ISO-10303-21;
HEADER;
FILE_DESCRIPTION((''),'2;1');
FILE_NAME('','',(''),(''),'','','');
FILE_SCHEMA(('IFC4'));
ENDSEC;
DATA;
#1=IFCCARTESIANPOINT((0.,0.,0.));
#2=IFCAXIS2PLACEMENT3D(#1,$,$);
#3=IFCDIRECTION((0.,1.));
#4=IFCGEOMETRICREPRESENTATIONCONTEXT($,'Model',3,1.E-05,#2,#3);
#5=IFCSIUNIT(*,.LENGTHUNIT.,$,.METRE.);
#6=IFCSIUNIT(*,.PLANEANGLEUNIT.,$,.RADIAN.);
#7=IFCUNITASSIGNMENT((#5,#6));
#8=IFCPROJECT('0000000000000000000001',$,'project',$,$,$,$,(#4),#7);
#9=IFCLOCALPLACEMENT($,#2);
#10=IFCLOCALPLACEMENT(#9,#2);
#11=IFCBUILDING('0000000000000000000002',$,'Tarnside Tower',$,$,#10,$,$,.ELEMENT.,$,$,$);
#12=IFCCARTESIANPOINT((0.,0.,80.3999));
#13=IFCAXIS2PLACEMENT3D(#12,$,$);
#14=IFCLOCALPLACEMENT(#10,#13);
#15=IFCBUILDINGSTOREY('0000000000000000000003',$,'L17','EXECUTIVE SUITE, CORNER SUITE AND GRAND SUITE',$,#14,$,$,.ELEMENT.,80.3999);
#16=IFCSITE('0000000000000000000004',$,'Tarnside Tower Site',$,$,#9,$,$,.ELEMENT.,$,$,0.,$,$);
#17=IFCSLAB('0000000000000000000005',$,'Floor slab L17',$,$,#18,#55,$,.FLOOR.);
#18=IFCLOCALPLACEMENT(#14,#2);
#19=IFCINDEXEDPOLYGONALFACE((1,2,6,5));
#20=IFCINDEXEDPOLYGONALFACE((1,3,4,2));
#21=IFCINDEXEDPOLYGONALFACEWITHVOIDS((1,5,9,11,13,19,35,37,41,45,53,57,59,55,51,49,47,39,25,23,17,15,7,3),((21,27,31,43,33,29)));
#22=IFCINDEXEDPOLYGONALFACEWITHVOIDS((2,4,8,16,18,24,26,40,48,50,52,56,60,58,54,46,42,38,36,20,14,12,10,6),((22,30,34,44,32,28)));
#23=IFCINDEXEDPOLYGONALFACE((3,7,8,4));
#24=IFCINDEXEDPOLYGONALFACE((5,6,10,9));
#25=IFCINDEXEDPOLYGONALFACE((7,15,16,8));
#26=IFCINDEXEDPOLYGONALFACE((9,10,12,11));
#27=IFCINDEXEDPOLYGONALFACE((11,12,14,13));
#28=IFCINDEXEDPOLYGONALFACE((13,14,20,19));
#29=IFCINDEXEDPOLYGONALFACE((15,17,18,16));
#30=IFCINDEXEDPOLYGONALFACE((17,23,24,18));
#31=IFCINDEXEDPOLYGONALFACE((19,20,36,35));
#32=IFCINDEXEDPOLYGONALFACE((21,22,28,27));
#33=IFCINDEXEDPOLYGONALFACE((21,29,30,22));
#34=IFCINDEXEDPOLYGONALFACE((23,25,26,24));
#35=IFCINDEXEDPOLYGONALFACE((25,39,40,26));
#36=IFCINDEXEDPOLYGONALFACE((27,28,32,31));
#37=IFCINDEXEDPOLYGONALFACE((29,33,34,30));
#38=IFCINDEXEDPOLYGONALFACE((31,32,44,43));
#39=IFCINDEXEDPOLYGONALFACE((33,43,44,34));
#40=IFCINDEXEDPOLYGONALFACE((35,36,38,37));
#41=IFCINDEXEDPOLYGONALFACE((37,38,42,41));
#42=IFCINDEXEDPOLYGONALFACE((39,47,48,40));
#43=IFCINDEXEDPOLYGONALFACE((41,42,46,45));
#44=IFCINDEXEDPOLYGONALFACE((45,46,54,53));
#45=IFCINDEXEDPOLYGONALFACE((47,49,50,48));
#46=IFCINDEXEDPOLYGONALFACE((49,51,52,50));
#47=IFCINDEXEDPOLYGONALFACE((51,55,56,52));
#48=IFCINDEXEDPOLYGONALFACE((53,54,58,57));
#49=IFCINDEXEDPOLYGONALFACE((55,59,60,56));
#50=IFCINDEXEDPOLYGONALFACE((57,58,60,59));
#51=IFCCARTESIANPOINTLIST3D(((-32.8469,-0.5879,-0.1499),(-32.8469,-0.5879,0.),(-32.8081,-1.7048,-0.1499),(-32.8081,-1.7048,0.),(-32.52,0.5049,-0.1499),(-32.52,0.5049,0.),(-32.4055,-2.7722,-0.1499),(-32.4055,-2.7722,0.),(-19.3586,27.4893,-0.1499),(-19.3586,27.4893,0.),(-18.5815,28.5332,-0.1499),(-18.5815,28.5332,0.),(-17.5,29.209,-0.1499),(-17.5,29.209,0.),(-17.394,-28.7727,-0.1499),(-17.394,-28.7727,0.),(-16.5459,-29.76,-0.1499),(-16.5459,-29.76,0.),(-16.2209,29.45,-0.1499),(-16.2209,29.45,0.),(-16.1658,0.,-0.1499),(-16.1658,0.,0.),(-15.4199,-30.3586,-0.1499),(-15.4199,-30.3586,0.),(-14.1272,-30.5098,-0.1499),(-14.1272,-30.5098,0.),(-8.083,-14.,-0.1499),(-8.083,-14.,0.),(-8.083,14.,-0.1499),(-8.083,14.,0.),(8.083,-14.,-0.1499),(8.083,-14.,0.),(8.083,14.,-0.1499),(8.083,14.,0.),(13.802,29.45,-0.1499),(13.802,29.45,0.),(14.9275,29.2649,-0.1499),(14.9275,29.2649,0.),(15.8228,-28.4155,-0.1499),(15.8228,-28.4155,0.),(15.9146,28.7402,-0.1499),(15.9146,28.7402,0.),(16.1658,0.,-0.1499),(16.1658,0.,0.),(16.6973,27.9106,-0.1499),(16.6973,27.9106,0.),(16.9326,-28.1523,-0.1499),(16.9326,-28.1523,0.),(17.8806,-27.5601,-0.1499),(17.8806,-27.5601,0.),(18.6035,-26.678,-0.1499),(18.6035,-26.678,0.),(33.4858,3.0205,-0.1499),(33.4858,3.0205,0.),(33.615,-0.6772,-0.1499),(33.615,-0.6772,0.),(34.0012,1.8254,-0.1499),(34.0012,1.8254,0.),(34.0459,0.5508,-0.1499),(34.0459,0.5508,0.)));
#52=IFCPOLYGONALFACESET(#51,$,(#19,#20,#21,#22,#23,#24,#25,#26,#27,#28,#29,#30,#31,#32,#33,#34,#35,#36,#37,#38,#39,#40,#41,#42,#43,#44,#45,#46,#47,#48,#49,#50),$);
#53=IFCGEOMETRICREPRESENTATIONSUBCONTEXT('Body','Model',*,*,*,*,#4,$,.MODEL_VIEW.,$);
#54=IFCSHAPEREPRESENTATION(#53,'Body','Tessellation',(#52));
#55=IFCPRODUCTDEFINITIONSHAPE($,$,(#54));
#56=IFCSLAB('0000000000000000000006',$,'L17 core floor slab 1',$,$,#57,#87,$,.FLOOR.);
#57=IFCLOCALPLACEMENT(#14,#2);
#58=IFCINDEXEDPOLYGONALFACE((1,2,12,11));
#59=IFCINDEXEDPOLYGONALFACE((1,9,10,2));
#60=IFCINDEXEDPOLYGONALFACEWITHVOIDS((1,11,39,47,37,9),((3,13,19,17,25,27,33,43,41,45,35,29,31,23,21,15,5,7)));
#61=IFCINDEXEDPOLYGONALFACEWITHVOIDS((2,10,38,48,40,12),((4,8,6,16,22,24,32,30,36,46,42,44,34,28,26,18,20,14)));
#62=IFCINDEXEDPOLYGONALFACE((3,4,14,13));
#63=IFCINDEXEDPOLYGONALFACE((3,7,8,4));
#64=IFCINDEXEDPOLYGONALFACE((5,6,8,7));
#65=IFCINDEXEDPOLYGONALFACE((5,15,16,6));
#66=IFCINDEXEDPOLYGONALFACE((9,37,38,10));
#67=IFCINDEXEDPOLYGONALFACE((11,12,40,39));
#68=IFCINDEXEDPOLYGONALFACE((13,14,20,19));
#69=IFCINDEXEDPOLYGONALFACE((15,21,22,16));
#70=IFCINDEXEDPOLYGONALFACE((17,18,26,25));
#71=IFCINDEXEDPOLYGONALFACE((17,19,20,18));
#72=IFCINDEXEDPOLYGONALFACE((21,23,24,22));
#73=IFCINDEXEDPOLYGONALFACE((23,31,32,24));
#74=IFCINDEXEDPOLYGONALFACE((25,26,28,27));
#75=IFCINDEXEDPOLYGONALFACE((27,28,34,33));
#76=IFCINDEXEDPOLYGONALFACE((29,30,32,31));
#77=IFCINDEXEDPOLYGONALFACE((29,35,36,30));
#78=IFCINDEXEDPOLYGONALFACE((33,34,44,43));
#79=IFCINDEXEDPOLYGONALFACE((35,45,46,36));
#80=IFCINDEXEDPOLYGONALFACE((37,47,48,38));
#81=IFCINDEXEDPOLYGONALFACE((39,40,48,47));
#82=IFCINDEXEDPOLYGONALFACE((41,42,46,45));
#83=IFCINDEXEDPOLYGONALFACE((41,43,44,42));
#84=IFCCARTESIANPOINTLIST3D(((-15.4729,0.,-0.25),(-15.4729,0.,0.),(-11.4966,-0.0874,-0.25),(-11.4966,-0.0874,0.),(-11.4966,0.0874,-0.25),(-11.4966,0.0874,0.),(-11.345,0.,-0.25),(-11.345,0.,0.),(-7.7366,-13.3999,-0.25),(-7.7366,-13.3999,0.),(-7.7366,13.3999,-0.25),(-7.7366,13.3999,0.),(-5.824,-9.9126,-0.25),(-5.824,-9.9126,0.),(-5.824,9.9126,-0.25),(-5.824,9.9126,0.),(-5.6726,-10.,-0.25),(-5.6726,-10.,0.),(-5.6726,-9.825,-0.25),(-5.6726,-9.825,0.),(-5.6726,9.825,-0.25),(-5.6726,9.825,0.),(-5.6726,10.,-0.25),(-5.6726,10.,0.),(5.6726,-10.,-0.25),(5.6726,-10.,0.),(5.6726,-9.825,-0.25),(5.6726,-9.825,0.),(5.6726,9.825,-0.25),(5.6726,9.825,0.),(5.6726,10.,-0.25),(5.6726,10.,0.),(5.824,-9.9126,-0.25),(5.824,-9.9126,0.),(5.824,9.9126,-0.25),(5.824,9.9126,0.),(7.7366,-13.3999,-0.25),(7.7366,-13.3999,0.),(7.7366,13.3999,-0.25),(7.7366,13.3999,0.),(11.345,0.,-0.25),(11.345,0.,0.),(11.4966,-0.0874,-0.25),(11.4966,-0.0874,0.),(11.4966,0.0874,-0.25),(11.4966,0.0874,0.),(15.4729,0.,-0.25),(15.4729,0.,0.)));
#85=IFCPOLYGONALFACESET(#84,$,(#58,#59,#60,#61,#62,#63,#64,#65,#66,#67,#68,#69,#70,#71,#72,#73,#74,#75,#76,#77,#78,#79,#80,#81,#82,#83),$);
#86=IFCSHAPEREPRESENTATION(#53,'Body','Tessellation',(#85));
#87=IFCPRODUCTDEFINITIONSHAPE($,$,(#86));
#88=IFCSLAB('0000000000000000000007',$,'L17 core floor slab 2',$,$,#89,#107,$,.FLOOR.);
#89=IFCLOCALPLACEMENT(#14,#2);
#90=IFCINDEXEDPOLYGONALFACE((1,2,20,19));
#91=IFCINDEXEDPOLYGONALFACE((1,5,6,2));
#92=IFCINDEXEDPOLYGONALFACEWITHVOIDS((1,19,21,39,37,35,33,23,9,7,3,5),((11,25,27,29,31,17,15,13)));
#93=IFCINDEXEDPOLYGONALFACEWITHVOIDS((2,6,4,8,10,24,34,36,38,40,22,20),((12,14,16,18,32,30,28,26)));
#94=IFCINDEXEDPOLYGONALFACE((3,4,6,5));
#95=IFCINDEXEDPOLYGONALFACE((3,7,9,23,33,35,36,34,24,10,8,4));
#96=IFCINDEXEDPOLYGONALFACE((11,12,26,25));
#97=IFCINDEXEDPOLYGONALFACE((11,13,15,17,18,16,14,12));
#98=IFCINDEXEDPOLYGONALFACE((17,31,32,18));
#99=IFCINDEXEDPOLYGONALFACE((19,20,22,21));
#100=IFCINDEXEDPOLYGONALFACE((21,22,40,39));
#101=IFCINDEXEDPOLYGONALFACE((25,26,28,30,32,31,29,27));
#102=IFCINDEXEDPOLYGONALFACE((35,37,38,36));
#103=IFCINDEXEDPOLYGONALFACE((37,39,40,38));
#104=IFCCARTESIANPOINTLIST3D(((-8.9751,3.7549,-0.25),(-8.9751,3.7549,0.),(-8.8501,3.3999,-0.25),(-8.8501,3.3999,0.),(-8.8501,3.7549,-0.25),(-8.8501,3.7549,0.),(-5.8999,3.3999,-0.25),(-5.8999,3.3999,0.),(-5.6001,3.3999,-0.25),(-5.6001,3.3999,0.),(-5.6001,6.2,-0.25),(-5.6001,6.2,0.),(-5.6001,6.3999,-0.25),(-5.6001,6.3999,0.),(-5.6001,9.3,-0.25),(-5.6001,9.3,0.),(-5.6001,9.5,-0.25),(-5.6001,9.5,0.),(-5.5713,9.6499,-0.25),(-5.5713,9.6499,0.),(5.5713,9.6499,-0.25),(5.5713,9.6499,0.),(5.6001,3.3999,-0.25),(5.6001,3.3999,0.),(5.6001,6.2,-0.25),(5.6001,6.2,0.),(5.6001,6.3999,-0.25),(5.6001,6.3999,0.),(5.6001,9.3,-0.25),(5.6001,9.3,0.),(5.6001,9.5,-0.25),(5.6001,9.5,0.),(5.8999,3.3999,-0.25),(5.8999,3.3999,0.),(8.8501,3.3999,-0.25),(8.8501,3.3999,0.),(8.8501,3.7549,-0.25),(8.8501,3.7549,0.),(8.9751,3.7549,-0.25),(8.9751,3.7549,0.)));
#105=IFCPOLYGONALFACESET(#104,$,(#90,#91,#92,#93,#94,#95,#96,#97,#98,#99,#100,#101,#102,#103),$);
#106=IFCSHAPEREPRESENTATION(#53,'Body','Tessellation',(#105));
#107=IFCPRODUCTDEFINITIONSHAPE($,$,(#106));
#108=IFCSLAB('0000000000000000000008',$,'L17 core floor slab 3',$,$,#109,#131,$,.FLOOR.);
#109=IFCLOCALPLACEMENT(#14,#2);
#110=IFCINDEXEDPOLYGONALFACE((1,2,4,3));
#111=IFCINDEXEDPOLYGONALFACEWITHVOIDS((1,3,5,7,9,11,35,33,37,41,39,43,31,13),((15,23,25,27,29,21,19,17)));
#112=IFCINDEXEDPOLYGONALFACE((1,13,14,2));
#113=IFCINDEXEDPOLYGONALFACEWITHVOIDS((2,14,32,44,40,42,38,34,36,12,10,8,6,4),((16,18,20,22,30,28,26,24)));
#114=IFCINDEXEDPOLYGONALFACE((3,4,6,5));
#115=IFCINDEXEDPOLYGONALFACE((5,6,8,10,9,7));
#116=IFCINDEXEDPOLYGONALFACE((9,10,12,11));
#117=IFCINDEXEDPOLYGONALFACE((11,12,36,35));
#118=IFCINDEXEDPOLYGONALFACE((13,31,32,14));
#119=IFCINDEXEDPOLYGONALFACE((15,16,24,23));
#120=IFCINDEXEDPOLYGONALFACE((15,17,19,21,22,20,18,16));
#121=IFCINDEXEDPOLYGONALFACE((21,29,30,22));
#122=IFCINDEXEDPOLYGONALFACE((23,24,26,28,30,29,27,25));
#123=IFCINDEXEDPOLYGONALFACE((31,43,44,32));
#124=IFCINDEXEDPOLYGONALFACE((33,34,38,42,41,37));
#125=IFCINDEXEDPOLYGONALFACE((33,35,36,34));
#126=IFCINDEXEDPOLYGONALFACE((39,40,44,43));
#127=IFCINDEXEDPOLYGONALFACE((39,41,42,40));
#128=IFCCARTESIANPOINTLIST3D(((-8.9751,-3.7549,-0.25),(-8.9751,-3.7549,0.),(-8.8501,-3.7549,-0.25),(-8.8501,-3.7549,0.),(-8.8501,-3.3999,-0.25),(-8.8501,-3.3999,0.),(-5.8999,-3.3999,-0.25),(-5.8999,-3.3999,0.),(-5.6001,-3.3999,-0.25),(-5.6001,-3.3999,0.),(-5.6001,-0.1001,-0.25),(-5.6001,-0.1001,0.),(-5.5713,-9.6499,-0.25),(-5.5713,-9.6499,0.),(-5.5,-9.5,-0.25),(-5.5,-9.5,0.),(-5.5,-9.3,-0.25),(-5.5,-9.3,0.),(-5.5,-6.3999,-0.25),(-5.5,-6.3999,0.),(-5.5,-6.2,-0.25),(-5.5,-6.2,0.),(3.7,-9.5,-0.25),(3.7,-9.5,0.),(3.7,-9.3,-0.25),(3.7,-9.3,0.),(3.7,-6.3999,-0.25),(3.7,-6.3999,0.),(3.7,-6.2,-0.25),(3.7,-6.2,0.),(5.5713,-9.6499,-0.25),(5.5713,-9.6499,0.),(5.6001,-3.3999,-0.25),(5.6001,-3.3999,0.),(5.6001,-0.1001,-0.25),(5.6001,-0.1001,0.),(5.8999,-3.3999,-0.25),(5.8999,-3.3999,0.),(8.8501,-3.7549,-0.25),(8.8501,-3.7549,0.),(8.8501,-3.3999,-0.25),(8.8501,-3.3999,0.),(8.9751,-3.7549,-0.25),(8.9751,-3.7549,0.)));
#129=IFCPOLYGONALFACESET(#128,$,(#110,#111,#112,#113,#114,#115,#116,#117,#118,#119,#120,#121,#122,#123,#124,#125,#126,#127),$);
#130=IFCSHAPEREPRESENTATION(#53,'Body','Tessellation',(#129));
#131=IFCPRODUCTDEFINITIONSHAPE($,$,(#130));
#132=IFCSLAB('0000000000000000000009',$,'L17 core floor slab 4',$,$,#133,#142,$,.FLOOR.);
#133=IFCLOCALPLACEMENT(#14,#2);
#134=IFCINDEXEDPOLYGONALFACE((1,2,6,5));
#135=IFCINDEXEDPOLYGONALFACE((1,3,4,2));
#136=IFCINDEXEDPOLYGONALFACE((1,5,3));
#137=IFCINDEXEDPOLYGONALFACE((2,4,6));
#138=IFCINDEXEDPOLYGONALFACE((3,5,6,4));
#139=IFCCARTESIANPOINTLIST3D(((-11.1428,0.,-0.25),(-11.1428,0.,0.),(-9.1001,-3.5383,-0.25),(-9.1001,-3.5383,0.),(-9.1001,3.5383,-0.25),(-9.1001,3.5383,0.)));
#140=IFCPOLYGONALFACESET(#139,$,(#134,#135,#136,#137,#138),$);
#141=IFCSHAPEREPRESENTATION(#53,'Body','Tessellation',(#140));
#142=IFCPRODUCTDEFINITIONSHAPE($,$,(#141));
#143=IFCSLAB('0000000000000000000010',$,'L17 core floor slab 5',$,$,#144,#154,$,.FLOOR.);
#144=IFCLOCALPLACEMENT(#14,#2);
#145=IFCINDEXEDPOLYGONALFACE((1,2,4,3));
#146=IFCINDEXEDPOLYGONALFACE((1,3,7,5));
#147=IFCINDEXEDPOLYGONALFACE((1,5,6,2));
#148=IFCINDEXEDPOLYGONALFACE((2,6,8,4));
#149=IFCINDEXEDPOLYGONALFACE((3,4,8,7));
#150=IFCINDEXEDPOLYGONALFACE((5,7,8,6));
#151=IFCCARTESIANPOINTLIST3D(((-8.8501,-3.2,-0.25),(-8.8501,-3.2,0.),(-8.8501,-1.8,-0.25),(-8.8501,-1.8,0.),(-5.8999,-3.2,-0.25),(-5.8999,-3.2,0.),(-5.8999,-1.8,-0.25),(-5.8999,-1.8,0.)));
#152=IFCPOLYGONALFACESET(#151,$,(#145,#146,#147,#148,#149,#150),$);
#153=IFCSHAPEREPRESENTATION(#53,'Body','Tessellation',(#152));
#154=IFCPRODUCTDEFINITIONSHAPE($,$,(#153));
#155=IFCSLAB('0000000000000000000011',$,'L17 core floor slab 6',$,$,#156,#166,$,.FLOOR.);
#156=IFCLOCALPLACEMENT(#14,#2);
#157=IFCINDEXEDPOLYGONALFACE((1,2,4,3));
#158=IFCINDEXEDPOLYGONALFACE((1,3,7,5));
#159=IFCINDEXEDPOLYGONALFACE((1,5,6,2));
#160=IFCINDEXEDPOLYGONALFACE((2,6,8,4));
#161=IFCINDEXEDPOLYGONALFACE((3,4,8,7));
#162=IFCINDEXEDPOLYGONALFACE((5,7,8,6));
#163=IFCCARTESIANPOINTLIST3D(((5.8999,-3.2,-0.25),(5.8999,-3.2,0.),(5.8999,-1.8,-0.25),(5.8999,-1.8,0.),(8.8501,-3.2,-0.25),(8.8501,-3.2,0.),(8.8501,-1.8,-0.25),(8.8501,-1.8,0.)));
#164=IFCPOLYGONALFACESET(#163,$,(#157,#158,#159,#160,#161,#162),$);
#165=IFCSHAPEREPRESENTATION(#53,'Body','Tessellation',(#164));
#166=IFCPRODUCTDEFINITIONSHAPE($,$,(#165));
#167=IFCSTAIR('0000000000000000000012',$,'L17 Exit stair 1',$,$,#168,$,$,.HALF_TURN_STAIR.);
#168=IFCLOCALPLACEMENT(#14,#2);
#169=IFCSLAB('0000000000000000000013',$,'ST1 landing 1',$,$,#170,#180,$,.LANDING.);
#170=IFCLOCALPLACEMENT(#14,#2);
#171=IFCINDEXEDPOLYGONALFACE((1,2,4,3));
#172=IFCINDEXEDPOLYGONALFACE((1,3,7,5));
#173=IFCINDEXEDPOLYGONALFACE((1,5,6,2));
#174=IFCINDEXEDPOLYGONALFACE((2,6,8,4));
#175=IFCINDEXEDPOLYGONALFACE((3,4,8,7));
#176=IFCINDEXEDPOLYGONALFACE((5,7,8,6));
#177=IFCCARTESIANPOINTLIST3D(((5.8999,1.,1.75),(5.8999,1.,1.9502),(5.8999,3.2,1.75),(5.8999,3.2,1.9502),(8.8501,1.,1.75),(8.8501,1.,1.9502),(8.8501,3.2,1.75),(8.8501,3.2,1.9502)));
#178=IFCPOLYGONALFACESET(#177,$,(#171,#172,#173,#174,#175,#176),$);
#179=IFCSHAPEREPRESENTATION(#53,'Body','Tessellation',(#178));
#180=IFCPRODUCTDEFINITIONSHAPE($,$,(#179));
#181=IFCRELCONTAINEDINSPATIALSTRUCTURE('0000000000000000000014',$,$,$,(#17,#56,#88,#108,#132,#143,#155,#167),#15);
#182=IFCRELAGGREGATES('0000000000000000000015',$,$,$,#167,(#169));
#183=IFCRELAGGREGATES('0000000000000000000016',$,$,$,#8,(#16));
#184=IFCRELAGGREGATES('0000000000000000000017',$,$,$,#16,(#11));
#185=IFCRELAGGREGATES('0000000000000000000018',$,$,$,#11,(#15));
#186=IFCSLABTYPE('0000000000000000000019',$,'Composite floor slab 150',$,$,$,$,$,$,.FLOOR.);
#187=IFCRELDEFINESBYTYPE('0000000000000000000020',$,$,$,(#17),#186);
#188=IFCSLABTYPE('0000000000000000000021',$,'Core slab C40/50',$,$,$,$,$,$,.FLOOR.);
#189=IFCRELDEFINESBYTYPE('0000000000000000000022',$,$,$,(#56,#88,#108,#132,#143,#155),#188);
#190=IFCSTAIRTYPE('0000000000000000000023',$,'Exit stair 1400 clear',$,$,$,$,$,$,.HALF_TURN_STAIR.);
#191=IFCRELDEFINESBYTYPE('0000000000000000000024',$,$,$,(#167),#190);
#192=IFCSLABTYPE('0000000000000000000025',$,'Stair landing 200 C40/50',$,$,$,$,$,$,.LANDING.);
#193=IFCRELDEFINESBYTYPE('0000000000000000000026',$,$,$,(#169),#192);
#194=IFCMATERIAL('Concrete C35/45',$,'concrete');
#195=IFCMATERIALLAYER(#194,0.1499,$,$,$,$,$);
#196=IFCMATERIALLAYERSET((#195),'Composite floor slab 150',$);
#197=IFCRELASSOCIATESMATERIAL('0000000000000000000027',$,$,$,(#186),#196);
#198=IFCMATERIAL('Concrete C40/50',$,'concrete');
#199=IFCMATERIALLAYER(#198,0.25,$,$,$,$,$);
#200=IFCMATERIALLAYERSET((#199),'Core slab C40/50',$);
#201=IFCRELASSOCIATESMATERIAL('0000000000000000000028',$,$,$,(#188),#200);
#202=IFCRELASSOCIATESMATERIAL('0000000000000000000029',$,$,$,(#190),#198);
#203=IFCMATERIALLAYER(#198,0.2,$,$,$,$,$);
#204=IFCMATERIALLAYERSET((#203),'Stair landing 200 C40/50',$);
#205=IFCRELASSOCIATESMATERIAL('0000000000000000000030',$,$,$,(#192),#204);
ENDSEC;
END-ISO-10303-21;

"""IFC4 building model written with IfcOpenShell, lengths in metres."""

from ifc_helpers import new_model, si_unit, direction, frame, origin, place, context, subcontext, project, spatial, polyline, outline, extrude, material, layer, layer_set, type_object, element, aggregate, save


model = new_model("IFC4")

# Units and contexts
model_context = context("Model", 3, precision=1e-05, world=origin(), true_north=direction((0.0, 1.0)))
body_context = subcontext(model_context, "Body", "Model", "MODEL_VIEW")
ifc_project = project(units=[si_unit("LENGTHUNIT", "METRE"), si_unit("PLANEANGLEUNIT", "RADIAN")], contexts=[model_context])

# Site, building, storey
site_placement = place(None, origin())
site = spatial("IfcSite", under=ifc_project, at=site_placement, Name="Tarnside Tower Site", CompositionType="ELEMENT", RefElevation=0.0)
building_placement = place(site_placement, origin())
building = spatial("IfcBuilding", under=site, at=building_placement, Name="Tarnside Tower", CompositionType="ELEMENT")
storey_placement = place(building_placement, frame((0.0, 0.0, 80.3999)))
storey = spatial("IfcBuildingStorey", under=building, at=storey_placement, Name="L17", Description="EXECUTIVE SUITE, CORNER SUITE AND GRAND SUITE", CompositionType="ELEMENT", Elevation=80.3999)

# Slabs
ifc_material_1 = material(Name="Concrete C35/45", Category="concrete")
ifc_layer_1 = layer(ifc_material_1, 0.1499)
ifc_layer_set_1 = layer_set([ifc_layer_1], Name="Composite floor slab 150")
slab_type_1 = type_object("IfcSlabType", Name="Composite floor slab 150", PredefinedType="FLOOR", material=ifc_layer_set_1)
slab_1_placement = place(storey_placement, frame((0.0, 0.0, -0.1499)))
element("IfcSlab", 1, at=slab_1_placement, inside=storey, type_object=slab_type_1, Name="Floor slab L17", PredefinedType="FLOOR", context=body_context, shape_type="SweptSolid", body=[
    extrude(outline(polyline([(14.9275, 29.2649), (15.9146, 28.7402), (16.6973, 27.9106), (33.4858, 3.0205), (34.0012, 1.8254), (34.0459, 0.5508), (33.615, -0.6772), (18.6035, -26.678), (17.8806, -27.5601), (16.9326, -28.1523), (15.8228, -28.4155), (-14.1272, -30.5098), (-15.4199, -30.3586), (-16.5459, -29.76), (-17.394, -28.7727), (-32.4055, -2.7722), (-32.8081, -1.7048), (-32.8469, -0.5879), (-32.52, 0.5049), (-19.3586, 27.4893), (-18.5815, 28.5332), (-17.5, 29.209), (-16.2209, 29.45), (13.802, 29.45), (14.9275, 29.2649)]), holes=[polyline([(-16.1658, 0.0), (-8.083, -14.0), (8.083, -14.0), (16.1658, 0.0), (8.083, 14.0), (-8.083, 14.0), (-16.1658, 0.0)])]), origin(), (0.0, 0.0, 1.0), 0.1499),
])
ifc_material_2 = material(Name="Concrete C40/50", Category="concrete")
ifc_layer_2 = layer(ifc_material_2, 0.25)
ifc_layer_set_2 = layer_set([ifc_layer_2], Name="Core slab C40/50")
slab_type_2 = type_object("IfcSlabType", Name="Core slab C40/50", PredefinedType="FLOOR", material=ifc_layer_set_2)
slab_2_placement = place(storey_placement, frame((0.0, 0.0, -0.25)))
element("IfcSlab", 2, at=slab_2_placement, inside=storey, type_object=slab_type_2, Name="L17 core floor slab 1", PredefinedType="FLOOR", context=body_context, shape_type="SweptSolid", body=[
    extrude(outline(polyline([(-15.4729, 0.0), (-7.7366, 13.3999), (7.7366, 13.3999), (15.4729, 0.0), (7.7366, -13.3999), (-7.7366, -13.3999), (-15.4729, 0.0)]), holes=[polyline([(5.824, -9.9126), (11.4966, -0.0874), (11.345, 0.0), (11.4966, 0.0874), (5.824, 9.9126), (5.6726, 9.825), (5.6726, 10.0), (-5.6726, 10.0), (-5.6726, 9.825), (-5.824, 9.9126), (-11.4966, 0.0874), (-11.345, 0.0), (-11.4966, -0.0874), (-5.824, -9.9126), (-5.6726, -9.825), (-5.6726, -10.0), (5.6726, -10.0), (5.6726, -9.825), (5.824, -9.9126)])]), origin(), (0.0, 0.0, 1.0), 0.25),
])
slab_3_placement = place(storey_placement, frame((0.0, 0.0, -0.25)))
element("IfcSlab", 3, at=slab_3_placement, inside=storey, type_object=slab_type_2, Name="L17 core floor slab 2", PredefinedType="FLOOR", context=body_context, shape_type="SweptSolid", body=[
    extrude(outline(polyline([(-8.9751, 3.7549), (-5.5713, 9.6499), (5.5713, 9.6499), (8.9751, 3.7549), (8.8501, 3.7549), (8.8501, 3.3999), (5.8999, 3.3999), (5.6001, 3.3999), (5.6001, 3.3999), (-5.6001, 3.3999), (-5.8999, 3.3999), (-8.8501, 3.3999), (-8.8501, 3.7549), (-8.9751, 3.7549)]), holes=[polyline([(-5.6001, 6.2), (5.6001, 6.2), (5.6001, 6.3999), (5.6001, 9.3), (5.6001, 9.5), (-5.6001, 9.5), (-5.6001, 9.3), (-5.6001, 6.3999), (-5.6001, 6.2)])]), origin(), (0.0, 0.0, 1.0), 0.25),
])
slab_4_placement = place(storey_placement, frame((0.0, 0.0, -0.25)))
element("IfcSlab", 4, at=slab_4_placement, inside=storey, type_object=slab_type_2, Name="L17 core floor slab 3", PredefinedType="FLOOR", context=body_context, shape_type="SweptSolid", body=[
    extrude(outline(polyline([(5.6001, -3.3999), (5.8999, -3.3999), (8.8501, -3.3999), (8.8501, -3.7549), (8.9751, -3.7549), (5.5713, -9.6499), (-5.5713, -9.6499), (-8.9751, -3.7549), (-8.8501, -3.7549), (-8.8501, -3.3999), (-5.8999, -3.3999), (-5.6001, -3.3999), (-5.6001, -0.1001), (5.6001, -0.1001), (5.6001, -3.3999)]), holes=[polyline([(-5.5, -9.3), (-5.5, -9.5), (3.7, -9.5), (3.7, -9.3), (3.7, -6.3999), (3.7, -6.2), (-5.5, -6.2), (-5.5, -6.3999), (-5.5, -9.3)])]), origin(), (0.0, 0.0, 1.0), 0.25),
])
slab_5_placement = place(storey_placement, frame((0.0, 0.0, -0.25)))
element("IfcSlab", 5, at=slab_5_placement, inside=storey, type_object=slab_type_2, Name="L17 core floor slab 4", PredefinedType="FLOOR", context=body_context, shape_type="SweptSolid", body=[
    extrude(outline(polyline([(-11.1428, 0.0), (-9.1001, 3.5383), (-9.1001, -3.5383), (-11.1428, 0.0)])), origin(), (0.0, 0.0, 1.0), 0.25),
])
slab_6_placement = place(storey_placement, frame((0.0, 0.0, -0.25)))
element("IfcSlab", 6, at=slab_6_placement, inside=storey, type_object=slab_type_2, Name="L17 core floor slab 5", PredefinedType="FLOOR", context=body_context, shape_type="SweptSolid", body=[
    extrude(outline(polyline([(-8.8501, -1.8), (-5.8999, -1.8), (-5.8999, -3.2), (-8.8501, -3.2), (-8.8501, -1.8)])), origin(), (0.0, 0.0, 1.0), 0.25),
])
slab_7_placement = place(storey_placement, frame((0.0, 0.0, -0.25)))
element("IfcSlab", 7, at=slab_7_placement, inside=storey, type_object=slab_type_2, Name="L17 core floor slab 6", PredefinedType="FLOOR", context=body_context, shape_type="SweptSolid", body=[
    extrude(outline(polyline([(5.8999, -3.2), (5.8999, -1.8), (8.8501, -1.8), (8.8501, -3.2), (5.8999, -3.2)])), origin(), (0.0, 0.0, 1.0), 0.25),
])

# Stair, slab
stair_type = type_object("IfcStairType", Name="Exit stair 1400 clear", PredefinedType="HALF_TURN_STAIR", material=ifc_material_2)
stair_1_placement = place(storey_placement, origin())
stair_1 = element("IfcStair", 8, at=stair_1_placement, inside=storey, type_object=stair_type, Name="L17 Exit stair 1", PredefinedType="HALF_TURN_STAIR")
ifc_layer_3 = layer(ifc_material_2, 0.2)
ifc_layer_set_3 = layer_set([ifc_layer_3], Name="Stair landing 200 C40/50")
slab_type_3 = type_object("IfcSlabType", Name="Stair landing 200 C40/50", PredefinedType="LANDING", material=ifc_layer_set_3)
slab_8_placement = place(storey_placement, frame((0.0, 0.0, 1.75)))
slab_8 = element("IfcSlab", 9, at=slab_8_placement, type_object=slab_type_3, Name="ST1 landing 1", PredefinedType="LANDING", context=body_context, shape_type="SweptSolid", body=[
    extrude(outline(polyline([(8.8501, 1.0), (8.8501, 3.2), (5.8999, 3.2), (5.8999, 1.0), (8.8501, 1.0)])), origin(), (0.0, 0.0, 1.0), 0.2002),
])

aggregate(stair_1, [slab_8])

save(model, "model.ifc")
